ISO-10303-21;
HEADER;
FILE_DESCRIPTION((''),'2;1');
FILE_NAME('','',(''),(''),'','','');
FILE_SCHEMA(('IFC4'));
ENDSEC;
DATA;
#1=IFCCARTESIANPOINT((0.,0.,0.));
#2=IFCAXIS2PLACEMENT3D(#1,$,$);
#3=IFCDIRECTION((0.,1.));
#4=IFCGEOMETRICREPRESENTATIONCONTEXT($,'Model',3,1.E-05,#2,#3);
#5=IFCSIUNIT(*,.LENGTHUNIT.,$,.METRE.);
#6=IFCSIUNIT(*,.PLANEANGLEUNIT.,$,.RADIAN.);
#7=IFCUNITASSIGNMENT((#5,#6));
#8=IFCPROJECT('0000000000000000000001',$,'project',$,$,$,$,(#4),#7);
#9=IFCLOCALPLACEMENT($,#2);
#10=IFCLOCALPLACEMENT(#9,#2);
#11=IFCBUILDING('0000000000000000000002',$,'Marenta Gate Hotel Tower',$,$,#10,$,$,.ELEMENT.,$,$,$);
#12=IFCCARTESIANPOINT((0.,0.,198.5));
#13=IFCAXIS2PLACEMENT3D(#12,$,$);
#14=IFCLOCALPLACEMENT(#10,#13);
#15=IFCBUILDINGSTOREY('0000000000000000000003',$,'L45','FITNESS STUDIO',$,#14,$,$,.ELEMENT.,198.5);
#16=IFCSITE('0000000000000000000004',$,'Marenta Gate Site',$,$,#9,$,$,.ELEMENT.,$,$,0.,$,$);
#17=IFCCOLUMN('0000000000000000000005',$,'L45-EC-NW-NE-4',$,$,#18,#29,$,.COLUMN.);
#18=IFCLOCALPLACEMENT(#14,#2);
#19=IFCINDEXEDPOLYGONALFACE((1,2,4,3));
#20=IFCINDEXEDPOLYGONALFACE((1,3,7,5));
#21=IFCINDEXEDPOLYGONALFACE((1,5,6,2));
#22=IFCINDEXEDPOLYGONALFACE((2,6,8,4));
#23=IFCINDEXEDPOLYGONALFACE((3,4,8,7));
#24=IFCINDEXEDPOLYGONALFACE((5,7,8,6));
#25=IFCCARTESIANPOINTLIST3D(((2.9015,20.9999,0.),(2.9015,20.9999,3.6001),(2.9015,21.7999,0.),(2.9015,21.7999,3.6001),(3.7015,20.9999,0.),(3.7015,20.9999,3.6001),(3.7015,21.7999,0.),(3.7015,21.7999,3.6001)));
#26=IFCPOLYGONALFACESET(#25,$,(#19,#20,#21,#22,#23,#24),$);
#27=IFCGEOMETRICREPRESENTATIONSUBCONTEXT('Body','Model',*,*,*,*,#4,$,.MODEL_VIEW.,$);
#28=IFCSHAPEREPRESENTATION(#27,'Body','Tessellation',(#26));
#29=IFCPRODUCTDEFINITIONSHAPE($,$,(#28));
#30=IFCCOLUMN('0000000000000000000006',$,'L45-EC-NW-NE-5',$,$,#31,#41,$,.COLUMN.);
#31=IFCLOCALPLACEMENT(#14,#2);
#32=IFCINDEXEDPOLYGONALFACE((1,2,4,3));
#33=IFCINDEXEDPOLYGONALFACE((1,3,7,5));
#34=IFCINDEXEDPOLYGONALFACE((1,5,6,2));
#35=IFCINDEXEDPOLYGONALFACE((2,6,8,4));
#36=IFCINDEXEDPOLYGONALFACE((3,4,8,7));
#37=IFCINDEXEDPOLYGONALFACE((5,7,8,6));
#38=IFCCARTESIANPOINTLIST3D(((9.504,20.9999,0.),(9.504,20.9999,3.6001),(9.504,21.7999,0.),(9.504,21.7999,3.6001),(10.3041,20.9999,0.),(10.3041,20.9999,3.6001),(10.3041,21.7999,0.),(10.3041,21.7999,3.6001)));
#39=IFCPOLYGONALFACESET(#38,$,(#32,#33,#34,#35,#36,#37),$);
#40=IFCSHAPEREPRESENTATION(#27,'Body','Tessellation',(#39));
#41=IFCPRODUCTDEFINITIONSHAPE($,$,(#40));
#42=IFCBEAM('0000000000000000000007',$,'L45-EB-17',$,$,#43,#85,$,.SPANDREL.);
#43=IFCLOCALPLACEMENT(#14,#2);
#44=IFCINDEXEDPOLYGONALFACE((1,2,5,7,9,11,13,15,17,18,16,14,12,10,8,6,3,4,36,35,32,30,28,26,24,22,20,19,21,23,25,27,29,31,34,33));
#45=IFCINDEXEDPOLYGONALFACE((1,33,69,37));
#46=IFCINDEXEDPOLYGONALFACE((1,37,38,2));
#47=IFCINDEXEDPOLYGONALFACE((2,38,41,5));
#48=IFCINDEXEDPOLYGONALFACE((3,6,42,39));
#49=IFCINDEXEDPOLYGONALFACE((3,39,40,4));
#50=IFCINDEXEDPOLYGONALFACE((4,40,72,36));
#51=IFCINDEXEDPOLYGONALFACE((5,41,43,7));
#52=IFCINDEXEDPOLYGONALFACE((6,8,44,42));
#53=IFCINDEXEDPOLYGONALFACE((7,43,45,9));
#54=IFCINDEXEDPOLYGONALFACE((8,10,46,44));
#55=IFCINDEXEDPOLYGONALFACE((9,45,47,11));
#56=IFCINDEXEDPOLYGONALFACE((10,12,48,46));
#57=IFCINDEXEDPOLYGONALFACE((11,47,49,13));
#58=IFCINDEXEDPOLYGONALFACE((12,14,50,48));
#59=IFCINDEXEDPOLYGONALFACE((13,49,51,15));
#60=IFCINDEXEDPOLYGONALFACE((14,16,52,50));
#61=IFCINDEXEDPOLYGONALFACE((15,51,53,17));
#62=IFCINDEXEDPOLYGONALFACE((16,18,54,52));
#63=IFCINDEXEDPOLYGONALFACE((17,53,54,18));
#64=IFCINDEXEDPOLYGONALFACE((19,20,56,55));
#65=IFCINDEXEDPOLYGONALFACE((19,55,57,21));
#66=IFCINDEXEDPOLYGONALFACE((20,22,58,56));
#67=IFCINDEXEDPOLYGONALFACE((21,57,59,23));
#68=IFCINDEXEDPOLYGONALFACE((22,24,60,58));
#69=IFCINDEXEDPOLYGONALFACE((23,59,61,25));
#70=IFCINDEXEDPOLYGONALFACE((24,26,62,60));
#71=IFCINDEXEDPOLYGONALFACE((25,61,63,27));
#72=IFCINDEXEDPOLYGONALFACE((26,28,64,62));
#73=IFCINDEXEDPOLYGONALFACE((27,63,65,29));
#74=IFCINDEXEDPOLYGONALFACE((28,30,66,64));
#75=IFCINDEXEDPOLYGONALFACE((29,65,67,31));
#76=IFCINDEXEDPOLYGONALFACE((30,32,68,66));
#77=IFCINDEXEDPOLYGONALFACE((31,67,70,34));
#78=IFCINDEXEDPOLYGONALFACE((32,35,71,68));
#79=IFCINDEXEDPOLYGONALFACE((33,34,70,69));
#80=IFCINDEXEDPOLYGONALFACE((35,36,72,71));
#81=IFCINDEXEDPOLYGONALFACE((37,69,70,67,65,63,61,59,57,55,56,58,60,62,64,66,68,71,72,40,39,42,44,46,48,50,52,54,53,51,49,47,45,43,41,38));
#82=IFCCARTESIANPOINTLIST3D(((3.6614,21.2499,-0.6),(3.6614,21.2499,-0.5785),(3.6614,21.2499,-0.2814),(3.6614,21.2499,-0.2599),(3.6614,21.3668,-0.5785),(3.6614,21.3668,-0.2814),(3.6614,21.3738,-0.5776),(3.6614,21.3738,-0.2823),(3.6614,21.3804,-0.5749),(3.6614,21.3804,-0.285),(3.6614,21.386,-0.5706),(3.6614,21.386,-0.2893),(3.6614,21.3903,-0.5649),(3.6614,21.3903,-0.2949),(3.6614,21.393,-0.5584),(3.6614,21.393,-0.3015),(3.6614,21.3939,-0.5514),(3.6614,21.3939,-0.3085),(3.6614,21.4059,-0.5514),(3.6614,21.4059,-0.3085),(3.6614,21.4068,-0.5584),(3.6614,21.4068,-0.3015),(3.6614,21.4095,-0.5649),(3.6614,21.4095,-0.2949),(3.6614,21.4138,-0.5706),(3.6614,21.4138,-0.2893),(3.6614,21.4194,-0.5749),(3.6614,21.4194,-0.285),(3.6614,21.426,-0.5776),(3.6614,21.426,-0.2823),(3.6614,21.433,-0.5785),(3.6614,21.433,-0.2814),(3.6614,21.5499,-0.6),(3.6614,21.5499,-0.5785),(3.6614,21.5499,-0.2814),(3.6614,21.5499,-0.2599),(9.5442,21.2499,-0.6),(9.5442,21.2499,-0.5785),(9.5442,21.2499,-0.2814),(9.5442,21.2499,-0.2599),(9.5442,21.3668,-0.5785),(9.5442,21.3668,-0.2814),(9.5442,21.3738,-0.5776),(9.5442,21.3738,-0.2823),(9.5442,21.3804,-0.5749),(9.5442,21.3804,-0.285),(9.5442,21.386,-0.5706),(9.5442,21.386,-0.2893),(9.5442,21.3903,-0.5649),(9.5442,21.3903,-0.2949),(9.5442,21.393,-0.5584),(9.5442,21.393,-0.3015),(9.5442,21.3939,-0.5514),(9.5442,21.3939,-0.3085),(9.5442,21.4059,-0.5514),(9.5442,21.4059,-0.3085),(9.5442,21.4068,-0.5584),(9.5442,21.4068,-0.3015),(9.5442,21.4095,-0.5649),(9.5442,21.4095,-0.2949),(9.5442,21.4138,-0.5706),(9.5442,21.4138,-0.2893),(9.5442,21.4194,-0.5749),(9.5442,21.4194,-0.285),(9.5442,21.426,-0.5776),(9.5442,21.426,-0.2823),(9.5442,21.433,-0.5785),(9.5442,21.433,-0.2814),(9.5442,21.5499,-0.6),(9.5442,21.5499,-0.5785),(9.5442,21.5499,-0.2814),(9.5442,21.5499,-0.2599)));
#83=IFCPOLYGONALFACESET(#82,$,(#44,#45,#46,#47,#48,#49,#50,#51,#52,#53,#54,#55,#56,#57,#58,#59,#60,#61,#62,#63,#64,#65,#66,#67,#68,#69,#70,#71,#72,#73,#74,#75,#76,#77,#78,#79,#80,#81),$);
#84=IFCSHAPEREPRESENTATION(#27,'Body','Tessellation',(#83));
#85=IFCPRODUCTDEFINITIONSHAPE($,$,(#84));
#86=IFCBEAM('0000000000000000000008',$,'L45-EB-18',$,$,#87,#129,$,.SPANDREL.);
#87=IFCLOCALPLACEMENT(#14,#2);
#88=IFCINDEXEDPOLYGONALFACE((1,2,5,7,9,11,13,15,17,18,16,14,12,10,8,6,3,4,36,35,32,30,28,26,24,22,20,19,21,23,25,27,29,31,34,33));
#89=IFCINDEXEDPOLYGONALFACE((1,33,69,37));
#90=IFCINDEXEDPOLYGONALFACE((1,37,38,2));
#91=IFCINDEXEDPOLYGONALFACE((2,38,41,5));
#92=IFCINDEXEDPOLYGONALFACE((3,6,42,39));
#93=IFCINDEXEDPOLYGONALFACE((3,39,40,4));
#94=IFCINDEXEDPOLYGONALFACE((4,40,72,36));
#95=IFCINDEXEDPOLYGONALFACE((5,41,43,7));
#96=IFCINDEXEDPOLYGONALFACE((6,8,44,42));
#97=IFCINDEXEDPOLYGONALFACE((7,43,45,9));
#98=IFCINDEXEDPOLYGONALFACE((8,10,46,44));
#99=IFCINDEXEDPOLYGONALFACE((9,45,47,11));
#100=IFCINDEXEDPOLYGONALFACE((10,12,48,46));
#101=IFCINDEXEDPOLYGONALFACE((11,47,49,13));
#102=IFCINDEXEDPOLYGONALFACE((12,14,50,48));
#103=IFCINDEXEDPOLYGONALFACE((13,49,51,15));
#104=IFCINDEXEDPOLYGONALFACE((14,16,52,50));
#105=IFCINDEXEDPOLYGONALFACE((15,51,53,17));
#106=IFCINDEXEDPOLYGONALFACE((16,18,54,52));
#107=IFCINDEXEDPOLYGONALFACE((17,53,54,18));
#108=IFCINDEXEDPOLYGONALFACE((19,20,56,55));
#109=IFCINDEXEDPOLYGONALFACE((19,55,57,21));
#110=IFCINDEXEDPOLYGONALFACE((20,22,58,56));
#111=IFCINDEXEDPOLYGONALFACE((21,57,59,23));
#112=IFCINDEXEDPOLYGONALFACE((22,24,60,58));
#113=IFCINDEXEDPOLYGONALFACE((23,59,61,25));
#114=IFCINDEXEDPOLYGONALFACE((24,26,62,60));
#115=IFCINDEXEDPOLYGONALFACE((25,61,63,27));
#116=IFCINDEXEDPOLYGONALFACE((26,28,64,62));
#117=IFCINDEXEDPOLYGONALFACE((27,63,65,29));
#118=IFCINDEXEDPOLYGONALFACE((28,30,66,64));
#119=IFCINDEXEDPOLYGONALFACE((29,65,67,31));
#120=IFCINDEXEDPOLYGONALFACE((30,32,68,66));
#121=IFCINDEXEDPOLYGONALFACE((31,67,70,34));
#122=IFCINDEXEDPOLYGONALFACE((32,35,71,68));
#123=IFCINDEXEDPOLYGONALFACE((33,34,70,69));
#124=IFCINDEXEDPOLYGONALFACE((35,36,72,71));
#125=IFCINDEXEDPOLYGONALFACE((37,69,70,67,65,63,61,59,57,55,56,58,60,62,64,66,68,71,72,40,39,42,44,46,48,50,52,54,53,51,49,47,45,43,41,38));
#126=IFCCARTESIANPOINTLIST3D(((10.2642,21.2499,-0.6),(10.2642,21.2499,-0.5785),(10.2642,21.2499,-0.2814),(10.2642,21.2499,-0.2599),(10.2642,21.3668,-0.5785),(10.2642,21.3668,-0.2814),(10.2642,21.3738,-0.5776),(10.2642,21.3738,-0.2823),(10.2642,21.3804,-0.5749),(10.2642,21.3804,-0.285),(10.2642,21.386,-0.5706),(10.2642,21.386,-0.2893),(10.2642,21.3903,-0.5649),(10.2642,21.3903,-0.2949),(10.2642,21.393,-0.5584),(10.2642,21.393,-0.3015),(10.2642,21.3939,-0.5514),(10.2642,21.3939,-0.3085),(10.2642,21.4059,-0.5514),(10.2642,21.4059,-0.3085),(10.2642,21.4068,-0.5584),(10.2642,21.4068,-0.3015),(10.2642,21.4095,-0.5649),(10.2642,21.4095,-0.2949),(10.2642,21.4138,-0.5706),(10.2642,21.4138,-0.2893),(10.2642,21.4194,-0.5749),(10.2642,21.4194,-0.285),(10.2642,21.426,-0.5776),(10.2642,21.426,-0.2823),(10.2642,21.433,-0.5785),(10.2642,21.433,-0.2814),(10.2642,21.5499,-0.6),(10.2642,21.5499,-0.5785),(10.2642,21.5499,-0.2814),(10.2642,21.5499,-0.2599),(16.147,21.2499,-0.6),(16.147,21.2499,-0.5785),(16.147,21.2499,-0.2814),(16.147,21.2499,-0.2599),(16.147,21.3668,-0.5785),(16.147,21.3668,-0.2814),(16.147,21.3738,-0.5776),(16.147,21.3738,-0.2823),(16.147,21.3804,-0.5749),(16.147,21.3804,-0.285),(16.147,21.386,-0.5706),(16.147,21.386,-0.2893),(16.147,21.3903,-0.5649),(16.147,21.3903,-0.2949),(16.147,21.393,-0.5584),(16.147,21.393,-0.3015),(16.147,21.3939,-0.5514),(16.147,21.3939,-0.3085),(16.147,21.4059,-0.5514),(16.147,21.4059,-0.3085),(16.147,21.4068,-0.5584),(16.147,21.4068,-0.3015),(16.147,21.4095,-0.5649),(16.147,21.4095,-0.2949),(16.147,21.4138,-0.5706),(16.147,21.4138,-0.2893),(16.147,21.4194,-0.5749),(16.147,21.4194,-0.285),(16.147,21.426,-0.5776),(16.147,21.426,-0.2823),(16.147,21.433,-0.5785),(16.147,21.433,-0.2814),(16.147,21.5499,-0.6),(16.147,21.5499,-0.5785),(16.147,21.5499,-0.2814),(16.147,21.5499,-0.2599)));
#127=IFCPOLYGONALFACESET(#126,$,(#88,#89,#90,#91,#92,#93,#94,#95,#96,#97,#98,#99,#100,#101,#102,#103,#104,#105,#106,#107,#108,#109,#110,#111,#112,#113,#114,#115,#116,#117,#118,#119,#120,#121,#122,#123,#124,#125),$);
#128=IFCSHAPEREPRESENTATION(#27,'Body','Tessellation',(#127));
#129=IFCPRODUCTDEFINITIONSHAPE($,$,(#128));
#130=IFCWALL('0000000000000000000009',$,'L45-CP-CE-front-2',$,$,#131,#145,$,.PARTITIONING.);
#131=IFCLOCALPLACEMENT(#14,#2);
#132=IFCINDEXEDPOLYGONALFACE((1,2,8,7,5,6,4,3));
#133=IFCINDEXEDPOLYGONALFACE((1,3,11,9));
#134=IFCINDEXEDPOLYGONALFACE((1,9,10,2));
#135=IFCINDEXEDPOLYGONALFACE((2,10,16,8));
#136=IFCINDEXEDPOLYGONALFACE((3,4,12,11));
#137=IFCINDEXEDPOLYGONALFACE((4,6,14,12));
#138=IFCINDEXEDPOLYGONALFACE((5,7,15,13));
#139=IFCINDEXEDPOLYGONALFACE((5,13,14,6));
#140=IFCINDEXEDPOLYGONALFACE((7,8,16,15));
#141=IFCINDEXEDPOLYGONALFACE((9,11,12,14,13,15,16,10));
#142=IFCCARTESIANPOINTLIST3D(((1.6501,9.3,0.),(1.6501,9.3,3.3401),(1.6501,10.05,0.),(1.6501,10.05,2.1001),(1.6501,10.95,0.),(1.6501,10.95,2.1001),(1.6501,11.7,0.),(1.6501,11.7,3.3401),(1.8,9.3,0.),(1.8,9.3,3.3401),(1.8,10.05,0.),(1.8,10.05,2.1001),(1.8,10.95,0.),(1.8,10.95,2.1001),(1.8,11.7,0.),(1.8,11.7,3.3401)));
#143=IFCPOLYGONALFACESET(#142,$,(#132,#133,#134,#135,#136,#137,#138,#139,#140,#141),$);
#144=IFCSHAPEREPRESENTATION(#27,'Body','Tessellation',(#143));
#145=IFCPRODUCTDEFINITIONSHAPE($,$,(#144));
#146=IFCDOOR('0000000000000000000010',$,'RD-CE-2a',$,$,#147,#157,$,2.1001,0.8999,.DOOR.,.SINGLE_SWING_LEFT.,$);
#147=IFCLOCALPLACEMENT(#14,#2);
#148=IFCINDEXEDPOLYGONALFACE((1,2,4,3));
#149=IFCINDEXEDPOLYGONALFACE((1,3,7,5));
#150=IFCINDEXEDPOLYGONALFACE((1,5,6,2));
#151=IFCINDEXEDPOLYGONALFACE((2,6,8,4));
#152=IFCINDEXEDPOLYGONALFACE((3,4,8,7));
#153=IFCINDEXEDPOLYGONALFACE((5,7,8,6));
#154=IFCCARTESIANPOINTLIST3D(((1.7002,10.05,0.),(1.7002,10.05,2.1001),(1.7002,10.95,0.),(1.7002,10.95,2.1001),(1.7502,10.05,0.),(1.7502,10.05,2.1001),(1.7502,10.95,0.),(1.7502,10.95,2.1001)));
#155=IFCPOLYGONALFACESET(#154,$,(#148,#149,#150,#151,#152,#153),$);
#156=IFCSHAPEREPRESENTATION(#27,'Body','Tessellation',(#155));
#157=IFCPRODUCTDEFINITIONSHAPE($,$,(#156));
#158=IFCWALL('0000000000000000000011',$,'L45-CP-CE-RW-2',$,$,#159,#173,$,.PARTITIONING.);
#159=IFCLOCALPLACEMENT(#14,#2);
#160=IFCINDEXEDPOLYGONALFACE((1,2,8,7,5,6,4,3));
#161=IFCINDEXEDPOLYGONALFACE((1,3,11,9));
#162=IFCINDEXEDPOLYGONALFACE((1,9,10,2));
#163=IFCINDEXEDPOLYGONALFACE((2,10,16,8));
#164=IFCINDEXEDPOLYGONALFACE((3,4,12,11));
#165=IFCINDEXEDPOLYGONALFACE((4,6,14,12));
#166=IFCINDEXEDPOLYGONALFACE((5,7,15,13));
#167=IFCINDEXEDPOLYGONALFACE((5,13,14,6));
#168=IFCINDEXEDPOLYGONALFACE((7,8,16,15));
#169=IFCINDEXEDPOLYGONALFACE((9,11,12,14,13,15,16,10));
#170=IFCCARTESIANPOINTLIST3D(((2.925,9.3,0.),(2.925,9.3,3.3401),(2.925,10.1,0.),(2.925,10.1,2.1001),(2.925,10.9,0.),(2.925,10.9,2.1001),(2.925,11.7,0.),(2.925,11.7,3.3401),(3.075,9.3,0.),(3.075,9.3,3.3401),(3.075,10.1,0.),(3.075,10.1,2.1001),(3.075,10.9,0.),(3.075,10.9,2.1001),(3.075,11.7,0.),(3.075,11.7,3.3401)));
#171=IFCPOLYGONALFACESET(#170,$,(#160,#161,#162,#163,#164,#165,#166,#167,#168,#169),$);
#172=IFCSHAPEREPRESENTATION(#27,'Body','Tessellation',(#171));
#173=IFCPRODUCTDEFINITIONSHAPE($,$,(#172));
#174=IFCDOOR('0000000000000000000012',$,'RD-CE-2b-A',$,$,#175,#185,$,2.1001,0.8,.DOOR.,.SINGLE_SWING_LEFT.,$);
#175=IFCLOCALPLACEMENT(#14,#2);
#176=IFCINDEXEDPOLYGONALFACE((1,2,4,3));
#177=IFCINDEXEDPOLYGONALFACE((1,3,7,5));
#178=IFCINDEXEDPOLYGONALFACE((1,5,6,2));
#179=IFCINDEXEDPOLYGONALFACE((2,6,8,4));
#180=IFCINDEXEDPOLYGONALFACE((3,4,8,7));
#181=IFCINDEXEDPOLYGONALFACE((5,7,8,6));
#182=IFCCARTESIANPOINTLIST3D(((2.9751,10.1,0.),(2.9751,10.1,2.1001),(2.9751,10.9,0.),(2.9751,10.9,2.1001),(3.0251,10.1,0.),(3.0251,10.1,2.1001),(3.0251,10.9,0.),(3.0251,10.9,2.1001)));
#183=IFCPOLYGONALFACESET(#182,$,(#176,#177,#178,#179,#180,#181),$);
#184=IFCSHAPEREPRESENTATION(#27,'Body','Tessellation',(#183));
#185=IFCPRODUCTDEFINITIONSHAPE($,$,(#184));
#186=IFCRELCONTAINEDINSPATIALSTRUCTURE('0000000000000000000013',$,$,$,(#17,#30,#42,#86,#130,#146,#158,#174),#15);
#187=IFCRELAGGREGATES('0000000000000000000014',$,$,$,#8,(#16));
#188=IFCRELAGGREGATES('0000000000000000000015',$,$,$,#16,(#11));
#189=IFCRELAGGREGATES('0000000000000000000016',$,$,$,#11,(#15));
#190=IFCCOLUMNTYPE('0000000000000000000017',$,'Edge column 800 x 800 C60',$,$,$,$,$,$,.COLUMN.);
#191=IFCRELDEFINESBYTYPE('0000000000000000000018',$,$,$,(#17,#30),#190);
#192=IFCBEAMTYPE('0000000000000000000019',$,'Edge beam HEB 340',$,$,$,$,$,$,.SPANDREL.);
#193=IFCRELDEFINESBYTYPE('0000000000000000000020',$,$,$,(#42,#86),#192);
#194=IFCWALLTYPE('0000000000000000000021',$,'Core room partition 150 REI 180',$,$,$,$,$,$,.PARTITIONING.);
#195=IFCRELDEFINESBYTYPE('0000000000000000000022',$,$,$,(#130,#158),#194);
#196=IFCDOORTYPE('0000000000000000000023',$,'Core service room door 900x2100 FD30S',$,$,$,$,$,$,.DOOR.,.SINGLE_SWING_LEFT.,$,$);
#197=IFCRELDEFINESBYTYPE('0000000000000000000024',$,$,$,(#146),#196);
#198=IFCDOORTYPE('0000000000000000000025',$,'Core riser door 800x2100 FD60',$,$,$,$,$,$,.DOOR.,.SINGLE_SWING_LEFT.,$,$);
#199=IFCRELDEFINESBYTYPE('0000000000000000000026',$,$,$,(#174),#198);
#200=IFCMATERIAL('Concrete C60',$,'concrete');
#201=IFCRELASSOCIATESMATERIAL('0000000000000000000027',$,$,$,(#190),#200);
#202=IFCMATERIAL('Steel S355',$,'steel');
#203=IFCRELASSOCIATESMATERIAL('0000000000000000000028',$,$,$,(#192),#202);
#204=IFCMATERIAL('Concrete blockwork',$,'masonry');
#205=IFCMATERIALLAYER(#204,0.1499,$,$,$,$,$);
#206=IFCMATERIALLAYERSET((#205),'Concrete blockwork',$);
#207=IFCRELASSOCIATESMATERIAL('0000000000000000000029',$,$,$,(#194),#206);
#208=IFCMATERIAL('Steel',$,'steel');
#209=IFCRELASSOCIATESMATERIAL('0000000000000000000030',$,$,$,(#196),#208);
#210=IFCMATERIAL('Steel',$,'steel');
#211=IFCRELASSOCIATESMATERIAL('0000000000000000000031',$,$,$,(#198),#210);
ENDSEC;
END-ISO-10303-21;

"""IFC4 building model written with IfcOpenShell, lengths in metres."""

from ifc_helpers import new_model, si_unit, direction, frame, frame_2d, origin, origin_2d, place, context, subcontext, project, spatial, rectangle, i_section, extrude, material, layer, layer_set, material_profile, profile_set, type_object, element, fill, save


model = new_model("IFC4")

# Units and contexts
model_context = context("Model", 3, precision=1e-05, world=origin(), true_north=direction((0.0, 1.0)))
body_context = subcontext(model_context, "Body", "Model", "MODEL_VIEW")
ifc_project = project(units=[si_unit("LENGTHUNIT", "METRE"), si_unit("PLANEANGLEUNIT", "RADIAN")], contexts=[model_context])

# Site, building, storey
site_placement = place(None, origin())
site = spatial("IfcSite", under=ifc_project, at=site_placement, Name="Marenta Gate Site", CompositionType="ELEMENT", RefElevation=0.0)
building_placement = place(site_placement, origin())
building = spatial("IfcBuilding", under=site, at=building_placement, Name="Marenta Gate Hotel Tower", CompositionType="ELEMENT")
storey_placement = place(building_placement, frame((0.0, 0.0, 198.5)))
storey = spatial("IfcBuildingStorey", under=building, at=storey_placement, Name="L45", Description="FITNESS STUDIO", CompositionType="ELEMENT", Elevation=198.5)

# Columns
ifc_material_1 = material(Name="Concrete C60", Category="concrete")
ifc_material_profile_1 = material_profile(ifc_material_1, rectangle(XDim=0.8, YDim=0.8, at=origin_2d()), Name="800 x 800")
ifc_profile_set_1 = profile_set([ifc_material_profile_1], Name="Concrete C60")
column_type = type_object("IfcColumnType", Name="Edge column 800 x 800 C60", PredefinedType="COLUMN", material=ifc_profile_set_1)
for number, where, z_axis, x_axis, name in (
    (1, (3.3015, 21.3999, 0.0), (0.0, 0.0, 1.0), (1.0, 0.0, 0.0), "L45-EC-NW-NE-4"),
    (2, (9.9041, 21.3999, 0.0), (0.0, 0.0, 1.0), (1.0, 0.0, 0.0), "L45-EC-NW-NE-5"),
):
    element("IfcColumn", number, at=place(storey_placement, frame(where, z_axis=z_axis, x_axis=x_axis)), inside=storey, type_object=column_type, Name=name, PredefinedType="COLUMN", context=body_context, shape_type="SweptSolid", body=[
        extrude(rectangle(XDim=0.8, YDim=0.8, at=origin_2d()), origin(), (0.0, 0.0, 1.0), 3.6001),
    ])

# Beams
ifc_material_2 = material(Name="Steel S355", Category="steel")
ifc_material_profile_2 = material_profile(ifc_material_2, i_section(OverallWidth=0.3, OverallDepth=0.3401, WebThickness=0.012, FlangeThickness=0.0215, FilletRadius=0.0271, at=origin_2d()), Name="HEB 340")
ifc_profile_set_2 = profile_set([ifc_material_profile_2], Name="Steel S355")
beam_type = type_object("IfcBeamType", Name="Edge beam HEB 340", PredefinedType="SPANDREL", material=ifc_profile_set_2)
for number, where, z_axis, x_axis, name in (
    (3, (3.6614, 21.3999, -0.4299), (1.0, 0.0, 0.0), (0.0, 1.0, 0.0), "L45-EB-17"),
    (4, (10.2642, 21.3999, -0.4299), (1.0, 0.0, 0.0), (0.0, 1.0, 0.0), "L45-EB-18"),
):
    element("IfcBeam", number, at=place(storey_placement, frame(where, z_axis=z_axis, x_axis=x_axis)), inside=storey, type_object=beam_type, Name=name, PredefinedType="SPANDREL", context=body_context, shape_type="SweptSolid", body=[
        extrude(i_section(OverallWidth=0.3, OverallDepth=0.3401, WebThickness=0.012, FlangeThickness=0.0215, FilletRadius=0.0271, at=origin_2d()), origin(), (0.0, 0.0, 1.0), 5.8828),
    ])

# Walls, openings, doors
ifc_material_3 = material(Name="Concrete blockwork", Category="masonry")
ifc_layer_1 = layer(ifc_material_3, 0.1499)
ifc_layer_set_1 = layer_set([ifc_layer_1], Name="Concrete blockwork")
wall_type_1 = type_object("IfcWallType", Name="Core room partition 150 REI 180", PredefinedType="PARTITIONING", material=ifc_layer_set_1)
wall_1_placement = place(storey_placement, frame((1.7251, 9.3, 0.0), z_axis=(0.0, 0.0, 1.0), x_axis=(0.0, 1.0, 0.0)))
wall_1 = element("IfcWall", 5, at=wall_1_placement, inside=storey, type_object=wall_type_1, Name="L45-CP-CE-front-2", PredefinedType="PARTITIONING", context=body_context, shape_type="SweptSolid", body=[
    extrude(rectangle(XDim=2.3999, YDim=0.1499, at=frame_2d((1.2, 0.0))), origin(), (0.0, 0.0, 1.0), 3.3401),
])
opening_1_placement = place(wall_1_placement, frame((0.75, 0.0, 0.0)))
opening_1 = element("IfcOpeningElement", 6, at=opening_1_placement, cuts=wall_1, PredefinedType="OPENING", context=body_context, shape_type="SweptSolid", body=[
    extrude(rectangle(XDim=0.8999, YDim=2.1001, at=frame_2d((0.45, 1.05))), frame((0.0, 0.075, 0.0), z_axis=(0.0, -1.0, 0.0), x_axis=(1.0, 0.0, 0.0)), (0.0, 0.0, 1.0), 0.1499),
])
ifc_material_4 = material(Name="Steel", Category="steel")
door_type_1 = type_object("IfcDoorType", Name="Core service room door 900x2100 FD30S", OperationType="SINGLE_SWING_LEFT", PredefinedType="DOOR", material=ifc_material_4)
door_1_placement = place(opening_1_placement, origin())
door_1 = element("IfcDoor", 7, at=door_1_placement, inside=storey, type_object=door_type_1, Name="RD-CE-2a", OperationType="SINGLE_SWING_LEFT", OverallHeight=2.1001, OverallWidth=0.8999, PredefinedType="DOOR", context=body_context, shape_type="SweptSolid", body=[
    extrude(rectangle(XDim=0.8999, YDim=2.1001, at=frame_2d((0.45, 1.05))), frame((0.0, 0.0249, 0.0), z_axis=(0.0, -1.0, 0.0), x_axis=(1.0, 0.0, 0.0)), (0.0, 0.0, 1.0), 0.05),
])
fill(opening_1, door_1)
wall_2_placement = place(storey_placement, frame((3.0, 9.3, 0.0), z_axis=(0.0, 0.0, 1.0), x_axis=(0.0, 1.0, 0.0)))
wall_2 = element("IfcWall", 8, at=wall_2_placement, inside=storey, type_object=wall_type_1, Name="L45-CP-CE-RW-2", PredefinedType="PARTITIONING", context=body_context, shape_type="SweptSolid", body=[
    extrude(rectangle(XDim=2.3999, YDim=0.1499, at=frame_2d((1.2, 0.0))), origin(), (0.0, 0.0, 1.0), 3.3401),
])
opening_2_placement = place(wall_2_placement, frame((0.8, 0.0, 0.0)))
opening_2 = element("IfcOpeningElement", 9, at=opening_2_placement, cuts=wall_2, PredefinedType="OPENING", context=body_context, shape_type="SweptSolid", body=[
    extrude(rectangle(XDim=0.8, YDim=2.1001, at=frame_2d((0.3999, 1.05))), frame((0.0, 0.075, 0.0), z_axis=(0.0, -1.0, 0.0), x_axis=(1.0, 0.0, 0.0)), (0.0, 0.0, 1.0), 0.1499),
])
ifc_material_5 = material(Name="Steel", Category="steel")
door_type_2 = type_object("IfcDoorType", Name="Core riser door 800x2100 FD60", OperationType="SINGLE_SWING_LEFT", PredefinedType="DOOR", material=ifc_material_5)
door_2_placement = place(opening_2_placement, origin())
door_2 = element("IfcDoor", 10, at=door_2_placement, inside=storey, type_object=door_type_2, Name="RD-CE-2b-A", OperationType="SINGLE_SWING_LEFT", OverallHeight=2.1001, OverallWidth=0.8, PredefinedType="DOOR", context=body_context, shape_type="SweptSolid", body=[
    extrude(rectangle(XDim=0.8, YDim=2.1001, at=frame_2d((0.3999, 1.05))), frame((0.0, 0.0249, 0.0), z_axis=(0.0, -1.0, 0.0), x_axis=(1.0, 0.0, 0.0)), (0.0, 0.0, 1.0), 0.05),
])
fill(opening_2, door_2)

save(model, "model.ifc")
